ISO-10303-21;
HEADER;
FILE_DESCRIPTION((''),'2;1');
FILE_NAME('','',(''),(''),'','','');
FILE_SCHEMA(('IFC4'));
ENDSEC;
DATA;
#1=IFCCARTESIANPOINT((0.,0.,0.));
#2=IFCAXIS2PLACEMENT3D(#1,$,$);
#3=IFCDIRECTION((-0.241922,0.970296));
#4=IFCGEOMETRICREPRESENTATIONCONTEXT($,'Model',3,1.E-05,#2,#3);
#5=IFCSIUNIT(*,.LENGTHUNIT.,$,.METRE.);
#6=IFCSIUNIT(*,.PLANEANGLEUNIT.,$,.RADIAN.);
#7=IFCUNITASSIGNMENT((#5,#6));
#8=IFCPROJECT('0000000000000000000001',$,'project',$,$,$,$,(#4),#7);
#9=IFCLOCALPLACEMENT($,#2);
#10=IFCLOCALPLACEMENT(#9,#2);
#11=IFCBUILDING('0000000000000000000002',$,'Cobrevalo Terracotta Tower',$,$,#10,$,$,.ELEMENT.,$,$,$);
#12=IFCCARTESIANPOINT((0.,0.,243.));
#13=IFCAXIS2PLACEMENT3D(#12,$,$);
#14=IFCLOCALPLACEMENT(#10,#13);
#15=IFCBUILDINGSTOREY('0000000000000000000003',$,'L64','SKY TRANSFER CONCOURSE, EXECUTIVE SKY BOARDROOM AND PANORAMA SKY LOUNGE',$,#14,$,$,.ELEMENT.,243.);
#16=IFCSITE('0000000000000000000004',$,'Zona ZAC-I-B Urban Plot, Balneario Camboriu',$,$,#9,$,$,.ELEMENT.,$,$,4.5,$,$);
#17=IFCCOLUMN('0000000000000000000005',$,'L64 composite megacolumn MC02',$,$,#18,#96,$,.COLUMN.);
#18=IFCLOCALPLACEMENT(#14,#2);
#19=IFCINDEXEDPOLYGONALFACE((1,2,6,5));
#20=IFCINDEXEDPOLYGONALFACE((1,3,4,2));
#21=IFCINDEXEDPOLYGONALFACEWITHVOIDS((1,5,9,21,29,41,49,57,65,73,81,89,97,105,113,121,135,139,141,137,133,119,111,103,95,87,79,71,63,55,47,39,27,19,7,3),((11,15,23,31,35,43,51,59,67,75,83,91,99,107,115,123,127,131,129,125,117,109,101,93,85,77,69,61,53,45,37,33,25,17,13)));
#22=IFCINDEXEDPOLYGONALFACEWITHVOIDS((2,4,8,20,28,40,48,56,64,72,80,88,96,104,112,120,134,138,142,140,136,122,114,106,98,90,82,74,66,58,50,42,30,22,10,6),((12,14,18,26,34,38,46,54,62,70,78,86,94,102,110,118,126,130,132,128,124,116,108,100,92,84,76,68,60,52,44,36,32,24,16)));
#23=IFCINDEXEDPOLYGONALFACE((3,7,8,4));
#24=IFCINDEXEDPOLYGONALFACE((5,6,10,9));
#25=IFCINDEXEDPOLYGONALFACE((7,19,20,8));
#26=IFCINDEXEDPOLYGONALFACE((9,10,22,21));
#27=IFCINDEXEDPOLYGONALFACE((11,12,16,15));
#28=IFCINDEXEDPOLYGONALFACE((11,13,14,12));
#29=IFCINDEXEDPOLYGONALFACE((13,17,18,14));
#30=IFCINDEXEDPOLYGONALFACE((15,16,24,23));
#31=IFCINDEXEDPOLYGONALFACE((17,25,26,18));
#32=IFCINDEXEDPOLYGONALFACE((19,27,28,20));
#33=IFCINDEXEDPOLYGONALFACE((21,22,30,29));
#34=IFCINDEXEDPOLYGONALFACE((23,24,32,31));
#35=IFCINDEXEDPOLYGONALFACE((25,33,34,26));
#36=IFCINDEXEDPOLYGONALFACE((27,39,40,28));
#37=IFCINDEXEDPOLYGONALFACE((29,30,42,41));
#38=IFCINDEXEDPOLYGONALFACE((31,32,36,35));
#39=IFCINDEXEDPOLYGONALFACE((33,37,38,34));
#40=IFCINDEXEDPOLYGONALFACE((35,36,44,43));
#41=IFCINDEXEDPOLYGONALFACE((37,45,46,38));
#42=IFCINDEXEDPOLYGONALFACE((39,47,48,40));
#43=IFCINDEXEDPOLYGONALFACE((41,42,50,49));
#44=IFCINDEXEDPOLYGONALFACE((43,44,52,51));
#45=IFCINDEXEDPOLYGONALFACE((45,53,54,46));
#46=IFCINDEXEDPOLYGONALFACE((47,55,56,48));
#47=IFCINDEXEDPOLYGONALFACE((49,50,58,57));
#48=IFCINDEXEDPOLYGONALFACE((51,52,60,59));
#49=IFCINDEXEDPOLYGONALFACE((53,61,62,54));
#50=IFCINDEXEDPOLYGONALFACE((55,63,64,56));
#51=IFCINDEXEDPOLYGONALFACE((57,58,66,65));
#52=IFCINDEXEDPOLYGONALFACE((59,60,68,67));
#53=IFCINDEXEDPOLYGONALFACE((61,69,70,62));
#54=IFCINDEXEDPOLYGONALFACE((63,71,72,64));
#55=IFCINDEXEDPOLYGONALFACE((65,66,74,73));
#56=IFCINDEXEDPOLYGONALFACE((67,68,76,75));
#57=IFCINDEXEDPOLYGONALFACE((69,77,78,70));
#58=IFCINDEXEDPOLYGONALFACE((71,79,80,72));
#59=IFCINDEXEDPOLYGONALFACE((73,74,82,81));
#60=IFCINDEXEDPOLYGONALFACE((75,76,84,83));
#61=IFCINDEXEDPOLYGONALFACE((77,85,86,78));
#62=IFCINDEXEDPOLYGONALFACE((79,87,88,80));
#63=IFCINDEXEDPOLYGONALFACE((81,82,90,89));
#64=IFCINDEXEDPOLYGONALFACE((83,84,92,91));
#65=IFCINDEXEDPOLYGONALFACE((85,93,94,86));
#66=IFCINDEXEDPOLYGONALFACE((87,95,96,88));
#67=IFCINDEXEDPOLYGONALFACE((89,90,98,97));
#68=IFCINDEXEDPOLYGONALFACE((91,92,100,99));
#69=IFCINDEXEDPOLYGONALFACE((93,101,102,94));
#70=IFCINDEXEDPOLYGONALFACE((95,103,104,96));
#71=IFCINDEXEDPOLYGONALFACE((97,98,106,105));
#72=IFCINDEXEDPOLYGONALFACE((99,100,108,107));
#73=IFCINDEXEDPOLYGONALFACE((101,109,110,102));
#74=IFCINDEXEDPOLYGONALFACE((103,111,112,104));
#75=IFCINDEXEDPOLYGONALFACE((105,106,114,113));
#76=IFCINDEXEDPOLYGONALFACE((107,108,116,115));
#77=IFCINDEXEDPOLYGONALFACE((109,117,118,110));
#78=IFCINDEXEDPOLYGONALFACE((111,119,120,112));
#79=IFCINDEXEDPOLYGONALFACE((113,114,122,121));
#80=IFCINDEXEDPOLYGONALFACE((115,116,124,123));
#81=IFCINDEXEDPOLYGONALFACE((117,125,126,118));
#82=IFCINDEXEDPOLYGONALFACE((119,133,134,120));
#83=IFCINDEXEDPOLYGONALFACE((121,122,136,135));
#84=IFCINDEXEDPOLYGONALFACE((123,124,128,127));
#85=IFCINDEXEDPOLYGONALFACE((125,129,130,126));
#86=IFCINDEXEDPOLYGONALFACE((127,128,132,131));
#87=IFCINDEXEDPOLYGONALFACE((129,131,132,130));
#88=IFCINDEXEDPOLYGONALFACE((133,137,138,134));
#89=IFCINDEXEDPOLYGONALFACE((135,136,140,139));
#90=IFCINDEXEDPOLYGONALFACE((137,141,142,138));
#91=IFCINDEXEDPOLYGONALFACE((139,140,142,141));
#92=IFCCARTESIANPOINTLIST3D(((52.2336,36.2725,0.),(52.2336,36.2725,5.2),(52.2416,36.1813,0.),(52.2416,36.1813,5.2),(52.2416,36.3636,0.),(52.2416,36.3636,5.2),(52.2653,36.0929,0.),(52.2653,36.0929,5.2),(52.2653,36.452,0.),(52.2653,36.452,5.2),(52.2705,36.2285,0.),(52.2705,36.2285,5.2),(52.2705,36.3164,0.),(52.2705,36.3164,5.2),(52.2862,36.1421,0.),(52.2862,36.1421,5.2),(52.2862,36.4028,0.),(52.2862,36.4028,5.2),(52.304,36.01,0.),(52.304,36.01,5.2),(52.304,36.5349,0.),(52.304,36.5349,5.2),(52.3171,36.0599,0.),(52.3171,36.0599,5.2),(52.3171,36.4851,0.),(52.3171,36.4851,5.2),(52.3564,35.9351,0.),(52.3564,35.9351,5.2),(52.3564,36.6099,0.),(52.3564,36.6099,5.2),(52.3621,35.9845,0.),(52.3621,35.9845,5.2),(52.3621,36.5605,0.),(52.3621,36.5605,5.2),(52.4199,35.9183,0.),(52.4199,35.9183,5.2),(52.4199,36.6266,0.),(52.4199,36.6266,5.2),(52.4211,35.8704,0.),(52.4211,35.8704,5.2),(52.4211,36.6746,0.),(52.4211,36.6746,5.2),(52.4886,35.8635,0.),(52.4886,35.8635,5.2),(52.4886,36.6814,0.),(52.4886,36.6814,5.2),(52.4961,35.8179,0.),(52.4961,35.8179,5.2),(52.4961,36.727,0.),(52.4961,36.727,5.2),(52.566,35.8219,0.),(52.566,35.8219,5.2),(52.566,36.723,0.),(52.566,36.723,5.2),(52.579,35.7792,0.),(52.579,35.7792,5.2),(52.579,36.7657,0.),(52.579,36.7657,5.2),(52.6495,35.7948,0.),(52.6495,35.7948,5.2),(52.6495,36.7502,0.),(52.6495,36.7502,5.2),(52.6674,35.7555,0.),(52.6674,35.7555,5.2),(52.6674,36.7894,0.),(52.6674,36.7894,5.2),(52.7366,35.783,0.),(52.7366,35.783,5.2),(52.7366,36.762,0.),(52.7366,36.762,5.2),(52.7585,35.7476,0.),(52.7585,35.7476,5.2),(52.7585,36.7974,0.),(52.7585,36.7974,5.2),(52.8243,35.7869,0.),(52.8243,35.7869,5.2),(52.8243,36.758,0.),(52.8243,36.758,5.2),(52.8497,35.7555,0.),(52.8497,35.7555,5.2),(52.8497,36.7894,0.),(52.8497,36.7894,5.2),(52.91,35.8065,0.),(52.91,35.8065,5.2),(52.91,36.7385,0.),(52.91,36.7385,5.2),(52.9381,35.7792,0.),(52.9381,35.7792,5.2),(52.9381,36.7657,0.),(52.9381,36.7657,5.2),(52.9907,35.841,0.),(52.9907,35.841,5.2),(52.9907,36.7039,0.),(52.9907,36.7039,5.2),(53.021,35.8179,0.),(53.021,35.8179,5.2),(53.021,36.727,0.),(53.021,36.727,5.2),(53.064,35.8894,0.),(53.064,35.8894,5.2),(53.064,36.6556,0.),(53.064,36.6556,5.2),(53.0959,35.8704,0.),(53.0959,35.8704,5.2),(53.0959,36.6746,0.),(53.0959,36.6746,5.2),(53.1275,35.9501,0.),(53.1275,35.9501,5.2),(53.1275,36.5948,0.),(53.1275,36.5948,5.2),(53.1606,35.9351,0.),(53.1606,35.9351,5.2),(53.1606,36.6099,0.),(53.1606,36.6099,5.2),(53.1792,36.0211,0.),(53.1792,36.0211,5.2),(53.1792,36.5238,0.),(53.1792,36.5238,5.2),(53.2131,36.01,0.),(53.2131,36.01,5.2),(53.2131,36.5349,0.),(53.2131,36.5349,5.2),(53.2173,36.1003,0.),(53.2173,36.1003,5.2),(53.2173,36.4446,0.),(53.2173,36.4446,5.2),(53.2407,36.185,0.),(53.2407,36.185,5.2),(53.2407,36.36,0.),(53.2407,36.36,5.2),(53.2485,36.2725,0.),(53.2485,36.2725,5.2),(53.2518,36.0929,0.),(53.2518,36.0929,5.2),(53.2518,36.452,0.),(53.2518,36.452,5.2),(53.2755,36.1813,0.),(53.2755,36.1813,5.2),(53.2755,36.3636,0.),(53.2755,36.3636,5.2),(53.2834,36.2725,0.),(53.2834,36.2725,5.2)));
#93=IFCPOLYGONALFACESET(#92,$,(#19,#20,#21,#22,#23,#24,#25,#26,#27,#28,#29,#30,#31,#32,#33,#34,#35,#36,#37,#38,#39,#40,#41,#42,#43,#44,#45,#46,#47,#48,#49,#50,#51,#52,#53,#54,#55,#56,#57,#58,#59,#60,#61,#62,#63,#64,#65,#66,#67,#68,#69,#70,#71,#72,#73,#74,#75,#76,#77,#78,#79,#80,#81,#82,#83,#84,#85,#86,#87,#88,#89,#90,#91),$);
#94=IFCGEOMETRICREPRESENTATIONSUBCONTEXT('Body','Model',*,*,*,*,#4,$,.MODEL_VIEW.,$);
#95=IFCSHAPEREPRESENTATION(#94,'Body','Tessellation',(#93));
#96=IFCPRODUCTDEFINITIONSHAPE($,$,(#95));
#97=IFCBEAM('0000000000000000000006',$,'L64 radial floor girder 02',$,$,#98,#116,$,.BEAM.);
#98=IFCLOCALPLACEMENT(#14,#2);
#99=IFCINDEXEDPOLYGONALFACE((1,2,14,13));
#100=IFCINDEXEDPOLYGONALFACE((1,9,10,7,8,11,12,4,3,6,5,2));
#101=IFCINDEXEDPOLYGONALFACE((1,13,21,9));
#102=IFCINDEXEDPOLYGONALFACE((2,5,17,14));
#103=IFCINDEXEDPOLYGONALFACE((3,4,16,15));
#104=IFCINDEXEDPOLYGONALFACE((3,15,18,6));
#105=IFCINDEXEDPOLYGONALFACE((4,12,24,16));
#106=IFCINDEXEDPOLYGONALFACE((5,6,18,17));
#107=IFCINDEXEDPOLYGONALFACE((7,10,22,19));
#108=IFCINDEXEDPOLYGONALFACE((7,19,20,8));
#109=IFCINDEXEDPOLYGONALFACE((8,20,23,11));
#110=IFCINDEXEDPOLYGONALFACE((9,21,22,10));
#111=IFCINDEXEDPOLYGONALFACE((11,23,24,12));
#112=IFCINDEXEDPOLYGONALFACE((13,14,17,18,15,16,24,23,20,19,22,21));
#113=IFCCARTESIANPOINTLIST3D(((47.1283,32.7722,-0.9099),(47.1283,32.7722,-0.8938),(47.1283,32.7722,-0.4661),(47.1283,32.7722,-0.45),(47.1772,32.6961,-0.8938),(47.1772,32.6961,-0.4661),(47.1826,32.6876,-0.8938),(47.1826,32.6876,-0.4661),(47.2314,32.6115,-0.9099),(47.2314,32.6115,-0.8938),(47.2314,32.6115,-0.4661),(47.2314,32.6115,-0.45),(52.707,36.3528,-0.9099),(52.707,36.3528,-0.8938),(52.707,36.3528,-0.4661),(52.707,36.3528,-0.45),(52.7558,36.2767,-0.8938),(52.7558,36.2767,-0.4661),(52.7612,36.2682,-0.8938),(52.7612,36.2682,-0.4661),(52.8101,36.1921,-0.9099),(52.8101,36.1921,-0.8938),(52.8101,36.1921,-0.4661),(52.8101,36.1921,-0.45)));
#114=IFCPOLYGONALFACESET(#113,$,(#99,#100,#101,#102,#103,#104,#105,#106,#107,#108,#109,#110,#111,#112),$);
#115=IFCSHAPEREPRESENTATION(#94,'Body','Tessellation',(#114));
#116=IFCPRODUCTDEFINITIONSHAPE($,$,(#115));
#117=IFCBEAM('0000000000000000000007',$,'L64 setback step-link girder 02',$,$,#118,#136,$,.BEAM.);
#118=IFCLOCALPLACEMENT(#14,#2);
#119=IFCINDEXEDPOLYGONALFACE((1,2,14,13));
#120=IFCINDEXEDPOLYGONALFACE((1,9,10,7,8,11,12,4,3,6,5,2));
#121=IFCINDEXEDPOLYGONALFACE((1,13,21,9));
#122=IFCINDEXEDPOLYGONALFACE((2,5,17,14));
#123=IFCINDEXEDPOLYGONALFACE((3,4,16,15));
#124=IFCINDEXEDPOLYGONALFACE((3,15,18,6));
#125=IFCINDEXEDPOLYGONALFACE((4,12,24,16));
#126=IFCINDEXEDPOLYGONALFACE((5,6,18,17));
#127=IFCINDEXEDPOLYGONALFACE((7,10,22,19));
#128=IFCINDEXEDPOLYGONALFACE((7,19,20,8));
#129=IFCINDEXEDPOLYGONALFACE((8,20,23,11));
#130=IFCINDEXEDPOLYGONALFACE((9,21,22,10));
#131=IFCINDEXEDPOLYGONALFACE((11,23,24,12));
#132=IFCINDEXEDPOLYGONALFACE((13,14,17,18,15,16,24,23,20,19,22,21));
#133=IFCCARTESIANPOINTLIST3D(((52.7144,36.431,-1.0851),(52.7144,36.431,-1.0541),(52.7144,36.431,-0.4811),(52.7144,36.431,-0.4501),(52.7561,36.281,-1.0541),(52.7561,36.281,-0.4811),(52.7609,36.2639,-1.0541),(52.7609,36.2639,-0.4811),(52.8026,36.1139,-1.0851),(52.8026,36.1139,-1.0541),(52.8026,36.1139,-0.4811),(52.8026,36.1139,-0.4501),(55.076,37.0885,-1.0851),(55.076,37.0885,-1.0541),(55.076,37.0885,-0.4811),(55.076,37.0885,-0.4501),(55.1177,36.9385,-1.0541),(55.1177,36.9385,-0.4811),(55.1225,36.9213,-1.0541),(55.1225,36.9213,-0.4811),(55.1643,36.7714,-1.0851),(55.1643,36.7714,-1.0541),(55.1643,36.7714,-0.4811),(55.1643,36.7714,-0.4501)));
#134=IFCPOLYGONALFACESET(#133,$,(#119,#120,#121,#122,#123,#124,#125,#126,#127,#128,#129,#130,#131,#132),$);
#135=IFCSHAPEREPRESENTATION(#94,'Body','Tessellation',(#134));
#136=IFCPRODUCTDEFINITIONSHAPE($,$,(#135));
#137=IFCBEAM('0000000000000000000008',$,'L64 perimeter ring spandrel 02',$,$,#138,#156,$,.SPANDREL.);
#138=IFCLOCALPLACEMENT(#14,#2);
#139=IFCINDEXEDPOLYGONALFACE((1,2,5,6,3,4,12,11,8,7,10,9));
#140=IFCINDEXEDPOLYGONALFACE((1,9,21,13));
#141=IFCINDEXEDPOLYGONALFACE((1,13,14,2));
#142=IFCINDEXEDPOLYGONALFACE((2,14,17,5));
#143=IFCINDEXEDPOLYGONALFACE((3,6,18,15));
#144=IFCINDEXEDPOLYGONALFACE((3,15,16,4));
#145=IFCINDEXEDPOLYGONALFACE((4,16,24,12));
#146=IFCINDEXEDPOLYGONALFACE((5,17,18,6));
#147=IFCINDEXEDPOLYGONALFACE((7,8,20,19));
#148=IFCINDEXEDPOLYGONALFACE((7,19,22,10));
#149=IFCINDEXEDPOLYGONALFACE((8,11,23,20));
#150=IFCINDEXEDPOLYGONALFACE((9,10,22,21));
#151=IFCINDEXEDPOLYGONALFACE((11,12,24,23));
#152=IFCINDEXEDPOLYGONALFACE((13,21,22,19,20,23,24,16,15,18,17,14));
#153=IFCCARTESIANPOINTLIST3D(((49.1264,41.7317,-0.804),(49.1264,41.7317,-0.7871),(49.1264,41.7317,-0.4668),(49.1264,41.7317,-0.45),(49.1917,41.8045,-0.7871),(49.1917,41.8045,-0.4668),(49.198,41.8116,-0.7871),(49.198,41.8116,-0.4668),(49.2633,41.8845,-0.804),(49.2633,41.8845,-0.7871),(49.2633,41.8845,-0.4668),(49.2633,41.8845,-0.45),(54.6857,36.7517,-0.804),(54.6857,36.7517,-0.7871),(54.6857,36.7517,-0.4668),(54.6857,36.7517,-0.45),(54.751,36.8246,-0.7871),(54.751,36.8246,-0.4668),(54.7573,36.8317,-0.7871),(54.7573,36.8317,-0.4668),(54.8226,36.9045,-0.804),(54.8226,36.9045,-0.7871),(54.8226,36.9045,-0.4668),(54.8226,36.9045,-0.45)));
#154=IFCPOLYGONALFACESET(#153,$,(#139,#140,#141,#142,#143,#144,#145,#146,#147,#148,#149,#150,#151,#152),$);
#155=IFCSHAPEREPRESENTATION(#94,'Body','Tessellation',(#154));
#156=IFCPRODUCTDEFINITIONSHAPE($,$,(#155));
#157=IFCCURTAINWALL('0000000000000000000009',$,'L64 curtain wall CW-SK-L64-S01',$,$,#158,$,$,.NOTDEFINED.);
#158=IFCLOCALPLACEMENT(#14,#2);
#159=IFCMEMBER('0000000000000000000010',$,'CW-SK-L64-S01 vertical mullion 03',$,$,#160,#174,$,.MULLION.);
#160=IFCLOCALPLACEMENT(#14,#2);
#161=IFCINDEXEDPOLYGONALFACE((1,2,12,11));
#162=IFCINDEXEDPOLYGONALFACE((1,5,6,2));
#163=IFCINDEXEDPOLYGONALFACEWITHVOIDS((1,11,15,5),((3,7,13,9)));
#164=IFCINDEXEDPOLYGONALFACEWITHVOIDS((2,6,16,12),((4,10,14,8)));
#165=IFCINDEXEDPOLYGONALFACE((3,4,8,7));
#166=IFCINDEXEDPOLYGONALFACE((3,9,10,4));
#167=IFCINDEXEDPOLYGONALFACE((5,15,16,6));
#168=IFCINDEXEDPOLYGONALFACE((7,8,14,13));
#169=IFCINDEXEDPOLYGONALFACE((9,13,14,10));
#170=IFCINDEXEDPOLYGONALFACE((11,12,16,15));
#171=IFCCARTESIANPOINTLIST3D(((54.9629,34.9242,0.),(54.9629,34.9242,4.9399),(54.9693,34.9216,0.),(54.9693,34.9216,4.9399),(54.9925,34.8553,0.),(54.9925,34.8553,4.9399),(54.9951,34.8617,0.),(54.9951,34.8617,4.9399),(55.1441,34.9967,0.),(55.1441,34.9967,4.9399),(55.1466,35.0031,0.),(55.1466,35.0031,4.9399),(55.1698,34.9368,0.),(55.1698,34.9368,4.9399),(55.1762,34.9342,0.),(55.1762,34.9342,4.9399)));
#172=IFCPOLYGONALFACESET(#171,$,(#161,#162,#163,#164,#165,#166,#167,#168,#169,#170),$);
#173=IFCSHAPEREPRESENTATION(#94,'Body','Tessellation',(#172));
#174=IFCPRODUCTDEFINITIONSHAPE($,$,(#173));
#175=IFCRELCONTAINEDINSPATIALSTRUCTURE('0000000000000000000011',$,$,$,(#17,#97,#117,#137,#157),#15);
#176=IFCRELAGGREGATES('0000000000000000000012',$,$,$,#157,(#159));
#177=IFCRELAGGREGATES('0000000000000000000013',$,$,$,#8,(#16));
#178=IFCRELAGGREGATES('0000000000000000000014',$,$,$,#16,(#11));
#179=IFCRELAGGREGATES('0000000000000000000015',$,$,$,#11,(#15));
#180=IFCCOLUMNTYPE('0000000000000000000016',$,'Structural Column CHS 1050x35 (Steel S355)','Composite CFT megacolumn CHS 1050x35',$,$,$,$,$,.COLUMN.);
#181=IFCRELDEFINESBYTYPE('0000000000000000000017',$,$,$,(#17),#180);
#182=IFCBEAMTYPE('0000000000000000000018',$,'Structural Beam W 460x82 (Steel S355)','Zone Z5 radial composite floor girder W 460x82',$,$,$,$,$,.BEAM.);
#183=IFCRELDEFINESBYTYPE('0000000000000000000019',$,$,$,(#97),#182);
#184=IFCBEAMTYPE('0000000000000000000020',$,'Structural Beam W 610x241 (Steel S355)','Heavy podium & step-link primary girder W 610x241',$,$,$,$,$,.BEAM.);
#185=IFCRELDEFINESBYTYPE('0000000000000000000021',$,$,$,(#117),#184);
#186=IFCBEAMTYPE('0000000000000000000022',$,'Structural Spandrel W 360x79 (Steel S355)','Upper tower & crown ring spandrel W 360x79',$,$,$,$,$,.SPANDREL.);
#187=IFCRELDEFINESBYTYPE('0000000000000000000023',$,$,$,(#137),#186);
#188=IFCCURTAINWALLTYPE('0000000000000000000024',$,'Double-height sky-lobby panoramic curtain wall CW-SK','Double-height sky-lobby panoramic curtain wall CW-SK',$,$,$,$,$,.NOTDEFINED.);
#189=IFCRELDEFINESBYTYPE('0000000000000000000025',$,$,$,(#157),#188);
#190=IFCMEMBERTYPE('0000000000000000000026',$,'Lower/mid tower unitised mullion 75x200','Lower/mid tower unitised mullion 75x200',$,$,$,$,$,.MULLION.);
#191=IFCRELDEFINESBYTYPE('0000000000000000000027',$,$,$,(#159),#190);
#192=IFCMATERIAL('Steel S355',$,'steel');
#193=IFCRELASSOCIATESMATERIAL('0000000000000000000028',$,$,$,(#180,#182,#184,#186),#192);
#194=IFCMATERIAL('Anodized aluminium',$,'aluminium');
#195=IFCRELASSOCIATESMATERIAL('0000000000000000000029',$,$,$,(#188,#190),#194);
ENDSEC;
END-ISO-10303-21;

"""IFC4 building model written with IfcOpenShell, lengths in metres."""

from ifc_helpers import new_model, si_unit, direction, frame, origin, origin_2d, place, context, subcontext, project, spatial, hollow_rectangle, hollow_circle, i_section, extrude, source, transform, mapped, material, material_profile, profile_set, type_object, element, aggregate, save


model = new_model("IFC4")

# Units and contexts
model_context = context("Model", 3, precision=1e-05, world=origin(), true_north=direction((-0.241922, 0.970296)))
body_context = subcontext(model_context, "Body", "Model", "MODEL_VIEW")
ifc_project = project(units=[si_unit("LENGTHUNIT", "METRE"), si_unit("PLANEANGLEUNIT", "RADIAN")], contexts=[model_context])

# Site, building, storey
site_placement = place(None, origin())
site = spatial("IfcSite", under=ifc_project, at=site_placement, Name="Zona ZAC-I-B Urban Plot, Balneario Camboriu", CompositionType="ELEMENT", RefElevation=4.5)
building_placement = place(site_placement, origin())
building = spatial("IfcBuilding", under=site, at=building_placement, Name="Cobrevalo Terracotta Tower", CompositionType="ELEMENT")
storey_placement = place(building_placement, frame((0.0, 0.0, 243.0)))
storey = spatial("IfcBuildingStorey", under=building, at=storey_placement, Name="L64", Description="SKY TRANSFER CONCOURSE, EXECUTIVE SKY BOARDROOM AND PANORAMA SKY LOUNGE", CompositionType="ELEMENT", Elevation=243.0)

# Column
ifc_material_1 = material(Name="Steel S355", Category="steel")
ifc_material_profile_1 = material_profile(ifc_material_1, hollow_circle(Radius=0.5249, WallThickness=0.0349, at=origin_2d()), Name="CHS 1050x35")
ifc_profile_set_1 = profile_set([ifc_material_profile_1], Name="Steel S355")
column_type = type_object("IfcColumnType", Name="Structural Column CHS 1050x35 (Steel S355)", Description="Composite CFT megacolumn CHS 1050x35", PredefinedType="COLUMN", material=ifc_profile_set_1)
column_placement = place(storey_placement, frame((52.7585, 36.2725, 0.0), z_axis=(0.0, 0.0, 1.0), x_axis=(1.0, 0.0, 0.0)))
element("IfcColumn", 1, at=column_placement, inside=storey, type_object=column_type, Name="L64 composite megacolumn MC02", PredefinedType="COLUMN", context=body_context, shape_type="SweptSolid", body=[
    extrude(hollow_circle(Radius=0.5249, WallThickness=0.0349, at=origin_2d()), origin(), (0.0, 0.0, 1.0), 5.2),
])

# Beams
ifc_material_profile_2 = material_profile(ifc_material_1, i_section(OverallWidth=0.1909, OverallDepth=0.46, WebThickness=0.01, FlangeThickness=0.0161, at=origin_2d()), Name="W 460x82")
ifc_profile_set_2 = profile_set([ifc_material_profile_2], Name="Steel S355")
beam_type_1 = type_object("IfcBeamType", Name="Structural Beam W 460x82 (Steel S355)", Description="Zone Z5 radial composite floor girder W 460x82", PredefinedType="BEAM", material=ifc_profile_set_2)
beam_1_placement = place(storey_placement, frame((52.7585, 36.2725, -0.6799), z_axis=(-0.841568, -0.540151, 0.0), x_axis=(0.540151, -0.841568, 0.0)))
element("IfcBeam", 2, at=beam_1_placement, inside=storey, type_object=beam_type_1, Name="L64 radial floor girder 02", PredefinedType="BEAM", context=body_context, shape_type="SweptSolid", body=[
    extrude(i_section(OverallWidth=0.1909, OverallDepth=0.46, WebThickness=0.01, FlangeThickness=0.0161, at=origin_2d()), origin(), (0.0, 0.0, 1.0), 6.6289),
])
ifc_material_profile_3 = material_profile(ifc_material_1, i_section(OverallWidth=0.3291, OverallDepth=0.635, WebThickness=0.0178, FlangeThickness=0.031, at=origin_2d()), Name="W 610x241")
ifc_profile_set_3 = profile_set([ifc_material_profile_3], Name="Steel S355")
beam_type_2 = type_object("IfcBeamType", Name="Structural Beam W 610x241 (Steel S355)", Description="Heavy podium & step-link primary girder W 610x241", PredefinedType="BEAM", material=ifc_profile_set_3)
beam_2_placement = place(storey_placement, frame((55.1201, 36.9299, -0.7676), z_axis=(-0.963362, -0.268204, 0.0), x_axis=(0.268204, -0.963362, 0.0)))
element("IfcBeam", 3, at=beam_2_placement, inside=storey, type_object=beam_type_2, Name="L64 setback step-link girder 02", PredefinedType="BEAM", context=body_context, shape_type="SweptSolid", body=[
    extrude(i_section(OverallWidth=0.3291, OverallDepth=0.635, WebThickness=0.0178, FlangeThickness=0.031, at=origin_2d()), origin(), (0.0, 0.0, 1.0), 2.4514),
])
ifc_material_profile_4 = material_profile(ifc_material_1, i_section(OverallWidth=0.2051, OverallDepth=0.354, WebThickness=0.0095, FlangeThickness=0.0168, at=origin_2d()), Name="W 360x79")
ifc_profile_set_4 = profile_set([ifc_material_profile_4], Name="Steel S355")
beam_type_3 = type_object("IfcBeamType", Name="Structural Spandrel W 360x79 (Steel S355)", Description="Upper tower & crown ring spandrel W 360x79", PredefinedType="SPANDREL", material=ifc_profile_set_4)
beam_3_placement = place(storey_placement, frame((54.7542, 36.8281, -0.627), z_axis=(-0.744852, 0.66723, 0.0), x_axis=(-0.66723, -0.744852, 0.0)))
element("IfcBeam", 4, at=beam_3_placement, inside=storey, type_object=beam_type_3, Name="L64 perimeter ring spandrel 02", PredefinedType="SPANDREL", context=body_context, shape_type="SweptSolid", body=[
    extrude(i_section(OverallWidth=0.2051, OverallDepth=0.354, WebThickness=0.0095, FlangeThickness=0.0168, at=origin_2d()), origin(), (0.0, 0.0, 1.0), 7.4636),
])

# Curtain wall, member
ifc_material_2 = material(Name="Anodized aluminium", Category="aluminium")
curtain_wall_type = type_object("IfcCurtainWallType", Name="Double-height sky-lobby panoramic curtain wall CW-SK", Description="Double-height sky-lobby panoramic curtain wall CW-SK", PredefinedType="NOTDEFINED", material=ifc_material_2)
curtain_wall_1_placement = place(storey_placement, origin())
curtain_wall_1 = element("IfcCurtainWall", 5, at=curtain_wall_1_placement, inside=storey, type_object=curtain_wall_type, Name="L64 curtain wall CW-SK-L64-S01", PredefinedType="NOTDEFINED")
ifc_material_profile_5 = material_profile(ifc_material_2, hollow_rectangle(XDim=0.075, YDim=0.2, WallThickness=0.0049, at=origin_2d()), Name="CWM 75x200")
ifc_profile_set_5 = profile_set([ifc_material_profile_5], Name="Anodized aluminium")
member_type_1 = type_object("IfcMemberType", Name="Lower/mid tower unitised mullion 75x200", Description="Lower/mid tower unitised mullion 75x200", PredefinedType="MULLION", material=ifc_profile_set_5)
shared_shape_1 = source(origin(), body_context, "Body", "SweptSolid", [
    extrude(hollow_rectangle(XDim=0.075, YDim=0.2, WallThickness=0.0049, at=origin_2d()), origin(), (0.0, 0.0, 1.0), 4.9399),
])
member_1_placement = place(storey_placement, frame((55.0696, 34.9292, 0.0), z_axis=(0.0, 0.0, 1.0), x_axis=(-0.394824, 0.918757, 0.0)))
member_1 = element("IfcMember", 6, at=member_1_placement, type_object=member_type_1, Name="CW-SK-L64-S01 vertical mullion 03", PredefinedType="MULLION", context=body_context, shape_type="MappedRepresentation", body=[
    mapped(shared_shape_1, transform((0.0, 0.0, 0.0), scale=1.0)),
])

aggregate(curtain_wall_1, [member_1])

save(model, "model.ifc")
